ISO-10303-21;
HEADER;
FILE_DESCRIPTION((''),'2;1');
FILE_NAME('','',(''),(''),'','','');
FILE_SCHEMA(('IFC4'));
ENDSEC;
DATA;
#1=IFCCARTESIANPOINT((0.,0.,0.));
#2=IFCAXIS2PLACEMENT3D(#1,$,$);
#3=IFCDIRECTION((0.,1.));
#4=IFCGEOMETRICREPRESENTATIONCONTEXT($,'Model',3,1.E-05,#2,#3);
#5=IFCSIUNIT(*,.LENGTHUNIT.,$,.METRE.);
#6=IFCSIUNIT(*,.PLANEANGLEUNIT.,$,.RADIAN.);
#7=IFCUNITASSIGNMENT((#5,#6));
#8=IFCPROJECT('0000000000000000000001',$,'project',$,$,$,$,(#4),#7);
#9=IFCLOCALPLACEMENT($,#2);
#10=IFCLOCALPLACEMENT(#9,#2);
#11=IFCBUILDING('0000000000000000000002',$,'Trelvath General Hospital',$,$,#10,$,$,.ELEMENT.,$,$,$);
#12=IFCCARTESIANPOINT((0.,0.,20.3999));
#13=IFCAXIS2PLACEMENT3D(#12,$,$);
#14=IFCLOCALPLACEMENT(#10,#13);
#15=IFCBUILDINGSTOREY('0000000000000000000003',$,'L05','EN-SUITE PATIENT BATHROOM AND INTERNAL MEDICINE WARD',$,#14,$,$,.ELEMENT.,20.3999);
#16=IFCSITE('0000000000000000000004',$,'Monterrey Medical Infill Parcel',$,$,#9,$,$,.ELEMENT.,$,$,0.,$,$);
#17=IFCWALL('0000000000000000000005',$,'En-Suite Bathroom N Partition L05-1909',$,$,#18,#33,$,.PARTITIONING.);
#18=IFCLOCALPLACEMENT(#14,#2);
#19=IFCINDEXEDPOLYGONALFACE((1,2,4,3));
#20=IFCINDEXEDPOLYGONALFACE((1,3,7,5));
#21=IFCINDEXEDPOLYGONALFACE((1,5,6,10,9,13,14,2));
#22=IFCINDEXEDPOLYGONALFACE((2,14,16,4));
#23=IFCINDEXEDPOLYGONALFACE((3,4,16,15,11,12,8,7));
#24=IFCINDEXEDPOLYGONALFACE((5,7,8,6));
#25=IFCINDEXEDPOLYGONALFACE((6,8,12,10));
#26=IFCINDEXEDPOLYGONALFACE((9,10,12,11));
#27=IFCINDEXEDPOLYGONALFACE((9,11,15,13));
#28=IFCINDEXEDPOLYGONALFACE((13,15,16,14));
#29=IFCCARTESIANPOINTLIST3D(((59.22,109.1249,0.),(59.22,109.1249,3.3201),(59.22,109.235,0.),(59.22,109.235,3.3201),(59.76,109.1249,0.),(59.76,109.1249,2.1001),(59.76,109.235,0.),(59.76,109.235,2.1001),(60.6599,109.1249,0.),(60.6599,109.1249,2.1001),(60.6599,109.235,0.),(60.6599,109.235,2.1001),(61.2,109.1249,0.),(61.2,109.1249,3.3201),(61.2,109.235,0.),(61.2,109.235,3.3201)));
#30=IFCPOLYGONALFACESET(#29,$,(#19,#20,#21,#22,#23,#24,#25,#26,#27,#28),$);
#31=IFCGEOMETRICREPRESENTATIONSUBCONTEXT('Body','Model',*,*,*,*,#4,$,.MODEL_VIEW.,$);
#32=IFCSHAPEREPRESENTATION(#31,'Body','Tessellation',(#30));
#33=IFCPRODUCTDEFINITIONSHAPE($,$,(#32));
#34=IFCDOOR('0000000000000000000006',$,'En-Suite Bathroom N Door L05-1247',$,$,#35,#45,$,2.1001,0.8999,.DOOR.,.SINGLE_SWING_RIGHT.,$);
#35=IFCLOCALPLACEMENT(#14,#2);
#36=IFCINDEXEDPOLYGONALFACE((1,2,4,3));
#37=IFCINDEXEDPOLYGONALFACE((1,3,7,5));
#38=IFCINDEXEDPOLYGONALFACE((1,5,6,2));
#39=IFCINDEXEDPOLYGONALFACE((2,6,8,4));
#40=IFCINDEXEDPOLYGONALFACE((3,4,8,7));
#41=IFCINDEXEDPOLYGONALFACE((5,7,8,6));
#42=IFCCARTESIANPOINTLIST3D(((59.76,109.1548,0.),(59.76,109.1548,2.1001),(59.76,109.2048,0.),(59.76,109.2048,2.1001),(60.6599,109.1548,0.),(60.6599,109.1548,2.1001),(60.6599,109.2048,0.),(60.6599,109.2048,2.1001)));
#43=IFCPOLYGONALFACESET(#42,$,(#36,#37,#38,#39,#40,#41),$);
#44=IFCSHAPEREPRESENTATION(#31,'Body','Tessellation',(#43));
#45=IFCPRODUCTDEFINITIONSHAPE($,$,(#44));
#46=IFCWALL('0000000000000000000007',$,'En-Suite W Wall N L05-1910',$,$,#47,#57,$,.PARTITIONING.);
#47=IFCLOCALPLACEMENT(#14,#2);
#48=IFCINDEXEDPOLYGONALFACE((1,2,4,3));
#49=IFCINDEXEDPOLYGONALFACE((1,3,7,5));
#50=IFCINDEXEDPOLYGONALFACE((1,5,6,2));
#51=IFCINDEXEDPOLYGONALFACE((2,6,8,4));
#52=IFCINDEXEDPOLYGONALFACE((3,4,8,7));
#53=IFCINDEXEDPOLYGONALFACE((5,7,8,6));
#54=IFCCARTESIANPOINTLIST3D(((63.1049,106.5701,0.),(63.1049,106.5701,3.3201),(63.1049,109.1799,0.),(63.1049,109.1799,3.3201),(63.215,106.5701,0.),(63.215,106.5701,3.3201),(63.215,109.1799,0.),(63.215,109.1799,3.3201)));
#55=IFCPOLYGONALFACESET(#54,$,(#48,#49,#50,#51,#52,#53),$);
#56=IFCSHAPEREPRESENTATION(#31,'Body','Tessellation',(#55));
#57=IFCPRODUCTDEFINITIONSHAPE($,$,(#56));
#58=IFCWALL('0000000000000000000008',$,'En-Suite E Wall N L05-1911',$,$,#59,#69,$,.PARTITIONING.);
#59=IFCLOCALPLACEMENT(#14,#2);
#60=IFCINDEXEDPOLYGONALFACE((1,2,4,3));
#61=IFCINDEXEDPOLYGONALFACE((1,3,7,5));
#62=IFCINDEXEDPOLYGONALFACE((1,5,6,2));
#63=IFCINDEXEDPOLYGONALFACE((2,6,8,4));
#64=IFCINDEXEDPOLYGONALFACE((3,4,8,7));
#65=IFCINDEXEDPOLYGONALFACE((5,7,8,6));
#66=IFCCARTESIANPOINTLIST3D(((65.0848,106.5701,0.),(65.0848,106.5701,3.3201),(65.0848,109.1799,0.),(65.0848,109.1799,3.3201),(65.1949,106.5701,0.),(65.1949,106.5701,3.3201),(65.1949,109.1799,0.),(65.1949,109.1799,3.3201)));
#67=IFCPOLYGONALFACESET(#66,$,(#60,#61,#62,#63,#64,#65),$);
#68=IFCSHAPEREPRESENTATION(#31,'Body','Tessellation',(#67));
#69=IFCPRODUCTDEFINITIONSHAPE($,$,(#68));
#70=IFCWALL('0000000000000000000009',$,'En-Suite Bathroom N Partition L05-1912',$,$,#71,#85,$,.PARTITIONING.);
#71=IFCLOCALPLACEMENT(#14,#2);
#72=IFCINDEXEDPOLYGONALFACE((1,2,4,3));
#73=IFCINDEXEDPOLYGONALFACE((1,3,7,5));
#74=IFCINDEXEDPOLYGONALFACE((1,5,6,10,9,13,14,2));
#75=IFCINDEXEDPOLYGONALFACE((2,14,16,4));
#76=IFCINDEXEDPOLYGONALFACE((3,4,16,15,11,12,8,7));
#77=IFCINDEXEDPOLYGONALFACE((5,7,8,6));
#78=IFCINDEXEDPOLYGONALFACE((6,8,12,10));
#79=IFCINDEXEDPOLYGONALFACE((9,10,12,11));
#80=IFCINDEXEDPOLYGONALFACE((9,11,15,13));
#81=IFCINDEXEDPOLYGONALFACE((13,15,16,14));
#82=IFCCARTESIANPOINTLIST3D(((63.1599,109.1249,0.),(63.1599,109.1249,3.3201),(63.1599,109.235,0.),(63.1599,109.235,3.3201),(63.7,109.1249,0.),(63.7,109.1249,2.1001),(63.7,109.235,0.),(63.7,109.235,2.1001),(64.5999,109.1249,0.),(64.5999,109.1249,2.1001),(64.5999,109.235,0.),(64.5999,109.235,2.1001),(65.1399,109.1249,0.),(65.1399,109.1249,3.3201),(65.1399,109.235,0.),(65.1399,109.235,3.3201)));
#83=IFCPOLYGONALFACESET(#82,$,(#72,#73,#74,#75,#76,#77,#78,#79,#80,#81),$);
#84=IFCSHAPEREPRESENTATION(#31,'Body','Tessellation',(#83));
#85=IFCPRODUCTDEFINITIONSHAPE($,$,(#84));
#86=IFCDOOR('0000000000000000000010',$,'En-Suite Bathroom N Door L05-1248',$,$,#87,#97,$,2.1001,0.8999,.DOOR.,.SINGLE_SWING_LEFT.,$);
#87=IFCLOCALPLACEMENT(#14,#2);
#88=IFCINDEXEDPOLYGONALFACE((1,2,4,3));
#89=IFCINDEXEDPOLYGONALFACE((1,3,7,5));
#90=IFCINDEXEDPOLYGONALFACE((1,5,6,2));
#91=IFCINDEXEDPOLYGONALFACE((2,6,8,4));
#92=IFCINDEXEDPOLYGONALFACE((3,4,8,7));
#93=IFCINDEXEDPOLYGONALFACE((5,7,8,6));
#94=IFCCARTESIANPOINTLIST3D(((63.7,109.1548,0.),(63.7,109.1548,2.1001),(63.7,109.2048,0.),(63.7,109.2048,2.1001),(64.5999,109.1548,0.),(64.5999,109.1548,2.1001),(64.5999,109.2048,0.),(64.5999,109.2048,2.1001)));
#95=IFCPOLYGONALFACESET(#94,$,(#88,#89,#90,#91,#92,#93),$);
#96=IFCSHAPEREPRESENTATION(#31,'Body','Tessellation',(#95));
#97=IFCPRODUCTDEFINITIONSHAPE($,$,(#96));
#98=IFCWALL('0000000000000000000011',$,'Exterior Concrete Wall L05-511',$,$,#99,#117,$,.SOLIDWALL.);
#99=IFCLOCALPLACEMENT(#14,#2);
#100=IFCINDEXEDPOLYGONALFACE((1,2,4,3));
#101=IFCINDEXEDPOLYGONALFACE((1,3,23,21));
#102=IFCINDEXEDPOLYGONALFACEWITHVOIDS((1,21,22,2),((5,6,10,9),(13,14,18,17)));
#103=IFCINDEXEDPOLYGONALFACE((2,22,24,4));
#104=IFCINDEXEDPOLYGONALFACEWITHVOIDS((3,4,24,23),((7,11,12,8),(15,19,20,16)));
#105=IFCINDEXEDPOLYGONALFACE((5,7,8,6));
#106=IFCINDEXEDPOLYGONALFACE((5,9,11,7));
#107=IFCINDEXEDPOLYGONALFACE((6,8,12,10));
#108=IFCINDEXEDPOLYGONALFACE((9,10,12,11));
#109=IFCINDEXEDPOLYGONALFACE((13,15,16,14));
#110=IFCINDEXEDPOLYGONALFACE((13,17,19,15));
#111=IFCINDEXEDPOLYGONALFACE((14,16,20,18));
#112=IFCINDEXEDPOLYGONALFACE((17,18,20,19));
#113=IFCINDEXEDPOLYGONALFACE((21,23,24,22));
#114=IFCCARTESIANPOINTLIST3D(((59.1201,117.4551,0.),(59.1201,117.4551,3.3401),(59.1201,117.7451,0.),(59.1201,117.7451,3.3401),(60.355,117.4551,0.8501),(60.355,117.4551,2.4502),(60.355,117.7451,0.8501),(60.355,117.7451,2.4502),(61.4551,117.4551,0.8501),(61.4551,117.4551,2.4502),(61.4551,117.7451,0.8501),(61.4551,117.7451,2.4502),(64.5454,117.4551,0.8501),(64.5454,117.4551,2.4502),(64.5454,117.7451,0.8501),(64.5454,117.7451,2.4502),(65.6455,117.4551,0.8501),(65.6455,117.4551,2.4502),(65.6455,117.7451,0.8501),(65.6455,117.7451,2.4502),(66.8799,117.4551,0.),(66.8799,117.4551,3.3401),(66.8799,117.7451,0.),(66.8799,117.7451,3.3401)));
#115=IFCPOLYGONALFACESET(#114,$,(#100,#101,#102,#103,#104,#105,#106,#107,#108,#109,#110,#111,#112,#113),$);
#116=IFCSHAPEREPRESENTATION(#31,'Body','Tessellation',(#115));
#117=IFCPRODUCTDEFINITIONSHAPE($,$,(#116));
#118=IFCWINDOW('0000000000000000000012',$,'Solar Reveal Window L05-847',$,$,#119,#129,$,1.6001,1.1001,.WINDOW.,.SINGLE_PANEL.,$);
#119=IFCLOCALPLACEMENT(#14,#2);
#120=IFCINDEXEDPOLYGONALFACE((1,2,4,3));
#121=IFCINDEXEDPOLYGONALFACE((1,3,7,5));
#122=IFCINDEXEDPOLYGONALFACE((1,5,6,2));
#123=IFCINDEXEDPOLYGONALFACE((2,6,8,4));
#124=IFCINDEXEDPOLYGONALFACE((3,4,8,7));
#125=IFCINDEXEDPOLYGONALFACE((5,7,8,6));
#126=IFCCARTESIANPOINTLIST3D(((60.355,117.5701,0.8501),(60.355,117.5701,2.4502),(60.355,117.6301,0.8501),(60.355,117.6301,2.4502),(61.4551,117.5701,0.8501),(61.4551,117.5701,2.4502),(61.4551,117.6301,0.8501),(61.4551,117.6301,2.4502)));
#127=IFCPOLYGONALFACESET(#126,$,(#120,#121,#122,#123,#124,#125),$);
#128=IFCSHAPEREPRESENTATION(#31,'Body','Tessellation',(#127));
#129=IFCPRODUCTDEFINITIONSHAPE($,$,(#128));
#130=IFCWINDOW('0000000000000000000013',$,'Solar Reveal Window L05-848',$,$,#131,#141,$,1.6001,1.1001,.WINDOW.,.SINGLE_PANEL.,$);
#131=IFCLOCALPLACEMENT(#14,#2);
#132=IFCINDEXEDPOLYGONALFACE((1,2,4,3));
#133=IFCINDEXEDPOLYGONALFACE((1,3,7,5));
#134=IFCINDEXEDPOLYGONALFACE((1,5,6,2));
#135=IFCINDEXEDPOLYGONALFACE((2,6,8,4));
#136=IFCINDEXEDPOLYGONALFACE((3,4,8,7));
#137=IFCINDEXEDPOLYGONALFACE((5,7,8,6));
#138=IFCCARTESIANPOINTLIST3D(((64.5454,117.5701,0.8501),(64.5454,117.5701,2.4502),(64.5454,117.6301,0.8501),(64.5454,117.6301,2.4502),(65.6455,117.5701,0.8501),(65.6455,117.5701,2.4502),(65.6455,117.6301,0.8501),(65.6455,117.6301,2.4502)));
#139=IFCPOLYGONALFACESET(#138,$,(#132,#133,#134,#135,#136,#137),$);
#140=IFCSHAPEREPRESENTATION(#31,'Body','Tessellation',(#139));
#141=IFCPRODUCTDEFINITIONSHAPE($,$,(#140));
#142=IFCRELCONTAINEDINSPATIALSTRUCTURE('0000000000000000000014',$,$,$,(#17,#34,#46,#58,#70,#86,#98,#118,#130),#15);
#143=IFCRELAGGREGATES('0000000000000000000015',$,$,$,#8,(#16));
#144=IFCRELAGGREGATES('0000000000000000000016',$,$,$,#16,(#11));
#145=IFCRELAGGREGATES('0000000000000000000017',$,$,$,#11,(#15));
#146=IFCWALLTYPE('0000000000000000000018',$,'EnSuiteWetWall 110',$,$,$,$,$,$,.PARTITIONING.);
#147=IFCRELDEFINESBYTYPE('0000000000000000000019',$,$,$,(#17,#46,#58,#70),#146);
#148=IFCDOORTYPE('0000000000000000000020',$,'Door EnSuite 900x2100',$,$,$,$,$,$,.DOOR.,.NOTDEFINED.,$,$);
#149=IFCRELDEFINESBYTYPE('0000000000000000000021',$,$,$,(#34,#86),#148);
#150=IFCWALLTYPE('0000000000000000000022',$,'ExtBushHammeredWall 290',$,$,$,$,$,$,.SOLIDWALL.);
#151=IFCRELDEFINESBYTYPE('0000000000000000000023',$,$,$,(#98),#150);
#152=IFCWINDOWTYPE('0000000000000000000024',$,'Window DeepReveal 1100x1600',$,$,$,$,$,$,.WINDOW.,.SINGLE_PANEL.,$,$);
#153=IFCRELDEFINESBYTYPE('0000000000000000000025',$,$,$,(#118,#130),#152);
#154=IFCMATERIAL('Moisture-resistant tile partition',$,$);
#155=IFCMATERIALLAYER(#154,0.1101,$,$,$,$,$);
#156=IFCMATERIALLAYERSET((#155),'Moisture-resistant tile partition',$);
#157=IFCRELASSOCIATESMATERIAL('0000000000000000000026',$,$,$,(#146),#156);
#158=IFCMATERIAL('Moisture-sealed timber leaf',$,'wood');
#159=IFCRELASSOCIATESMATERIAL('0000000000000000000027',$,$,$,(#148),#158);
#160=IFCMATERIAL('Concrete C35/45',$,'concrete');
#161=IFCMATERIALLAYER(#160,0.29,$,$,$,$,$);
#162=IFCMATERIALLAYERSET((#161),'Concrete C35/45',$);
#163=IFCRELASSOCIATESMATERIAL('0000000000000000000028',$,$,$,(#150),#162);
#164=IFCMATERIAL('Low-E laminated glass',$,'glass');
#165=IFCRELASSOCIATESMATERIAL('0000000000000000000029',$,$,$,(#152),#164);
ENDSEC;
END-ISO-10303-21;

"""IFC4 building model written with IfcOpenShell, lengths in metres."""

from ifc_helpers import new_model, si_unit, direction, frame, frame_2d, origin, place, context, subcontext, project, spatial, rectangle, extrude, material, layer, layer_set, type_object, element, fill, save


model = new_model("IFC4")

# Units and contexts
model_context = context("Model", 3, precision=1e-05, world=origin(), true_north=direction((0.0, 1.0)))
body_context = subcontext(model_context, "Body", "Model", "MODEL_VIEW")
ifc_project = project(units=[si_unit("LENGTHUNIT", "METRE"), si_unit("PLANEANGLEUNIT", "RADIAN")], contexts=[model_context])

# Site, building, storey
site_placement = place(None, origin())
site = spatial("IfcSite", under=ifc_project, at=site_placement, Name="Monterrey Medical Infill Parcel", CompositionType="ELEMENT", RefElevation=0.0)
building_placement = place(site_placement, origin())
building = spatial("IfcBuilding", under=site, at=building_placement, Name="Trelvath General Hospital", CompositionType="ELEMENT")
storey_placement = place(building_placement, frame((0.0, 0.0, 20.3999)))
storey = spatial("IfcBuildingStorey", under=building, at=storey_placement, Name="L05", Description="EN-SUITE PATIENT BATHROOM AND INTERNAL MEDICINE WARD", CompositionType="ELEMENT", Elevation=20.3999)

# Wall, opening, door
ifc_material_1 = material(Name="Moisture-resistant tile partition")
ifc_layer_1 = layer(ifc_material_1, 0.1101)
ifc_layer_set_1 = layer_set([ifc_layer_1], Name="Moisture-resistant tile partition")
wall_type_1 = type_object("IfcWallType", Name="EnSuiteWetWall 110", PredefinedType="PARTITIONING", material=ifc_layer_set_1)
ifc_material_2 = material(Name="Moisture-sealed timber leaf", Category="wood")
door_type = type_object("IfcDoorType", Name="Door EnSuite 900x2100", OperationType="NOTDEFINED", PredefinedType="DOOR", material=ifc_material_2)
wall_1_placement = place(storey_placement, frame((59.22, 109.1799, 0.0), z_axis=(0.0, 0.0, 1.0), x_axis=(1.0, 0.0, 0.0)))
wall_1 = element("IfcWall", 1, at=wall_1_placement, inside=storey, type_object=wall_type_1, Name="En-Suite Bathroom N Partition L05-1909", PredefinedType="PARTITIONING", context=body_context, shape_type="SweptSolid", body=[
    extrude(rectangle(XDim=1.98, YDim=0.1101, at=frame_2d((0.99, 0.0))), origin(), (0.0, 0.0, 1.0), 3.3201),
])
opening_1_placement = place(wall_1_placement, frame((0.54, 0.0, 0.0)))
opening_1 = element("IfcOpeningElement", 2, at=opening_1_placement, cuts=wall_1, PredefinedType="OPENING", context=body_context, shape_type="SweptSolid", body=[
    extrude(rectangle(XDim=0.8999, YDim=2.1001, at=frame_2d((0.45, 1.05))), frame((0.0, 0.0649, 0.0), z_axis=(0.0, -1.0, 0.0), x_axis=(1.0, 0.0, 0.0)), (0.0, 0.0, 1.0), 0.1301),
])
door_1_placement = place(opening_1_placement, origin())
door_1 = element("IfcDoor", 3, at=door_1_placement, inside=storey, type_object=door_type, Name="En-Suite Bathroom N Door L05-1247", OperationType="SINGLE_SWING_RIGHT", OverallHeight=2.1001, OverallWidth=0.8999, PredefinedType="DOOR", context=body_context, shape_type="SweptSolid", body=[
    extrude(rectangle(XDim=0.8999, YDim=2.1001, at=frame_2d((0.45, 1.05))), frame((0.0, 0.0249, 0.0), z_axis=(0.0, -1.0, 0.0), x_axis=(1.0, 0.0, 0.0)), (0.0, 0.0, 1.0), 0.05),
])
fill(opening_1, door_1)

# Walls
for number, where, z_axis, x_axis, name in (
    (4, (63.1599, 106.5701, 0.0), (0.0, 0.0, 1.0), (0.0, 1.0, 0.0), "En-Suite W Wall N L05-1910"),
    (5, (65.1399, 106.5701, 0.0), (0.0, 0.0, 1.0), (0.0, 1.0, 0.0), "En-Suite E Wall N L05-1911"),
):
    element("IfcWall", number, at=place(storey_placement, frame(where, z_axis=z_axis, x_axis=x_axis)), inside=storey, type_object=wall_type_1, Name=name, PredefinedType="PARTITIONING", context=body_context, shape_type="SweptSolid", body=[
        extrude(rectangle(XDim=2.6099, YDim=0.1101, at=frame_2d((1.3049, 0.0))), origin(), (0.0, 0.0, 1.0), 3.3201),
    ])

# Wall, opening, door
wall_2_placement = place(storey_placement, frame((63.1599, 109.1799, 0.0), z_axis=(0.0, 0.0, 1.0), x_axis=(1.0, 0.0, 0.0)))
wall_2 = element("IfcWall", 6, at=wall_2_placement, inside=storey, type_object=wall_type_1, Name="En-Suite Bathroom N Partition L05-1912", PredefinedType="PARTITIONING", context=body_context, shape_type="SweptSolid", body=[
    extrude(rectangle(XDim=1.98, YDim=0.1101, at=frame_2d((0.99, 0.0))), origin(), (0.0, 0.0, 1.0), 3.3201),
])
opening_2_placement = place(wall_2_placement, frame((0.54, 0.0, 0.0)))
opening_2 = element("IfcOpeningElement", 7, at=opening_2_placement, cuts=wall_2, PredefinedType="OPENING", context=body_context, shape_type="SweptSolid", body=[
    extrude(rectangle(XDim=0.8999, YDim=2.1001, at=frame_2d((0.45, 1.05))), frame((0.0, 0.0649, 0.0), z_axis=(0.0, -1.0, 0.0), x_axis=(1.0, 0.0, 0.0)), (0.0, 0.0, 1.0), 0.1301),
])
door_2_placement = place(opening_2_placement, origin())
door_2 = element("IfcDoor", 8, at=door_2_placement, inside=storey, type_object=door_type, Name="En-Suite Bathroom N Door L05-1248", OperationType="SINGLE_SWING_LEFT", OverallHeight=2.1001, OverallWidth=0.8999, PredefinedType="DOOR", context=body_context, shape_type="SweptSolid", body=[
    extrude(rectangle(XDim=0.8999, YDim=2.1001, at=frame_2d((0.45, 1.05))), frame((0.0, 0.0249, 0.0), z_axis=(0.0, -1.0, 0.0), x_axis=(1.0, 0.0, 0.0)), (0.0, 0.0, 1.0), 0.05),
])
fill(opening_2, door_2)

# Wall, openings, windows
ifc_material_3 = material(Name="Concrete C35/45", Category="concrete")
ifc_layer_2 = layer(ifc_material_3, 0.29)
ifc_layer_set_2 = layer_set([ifc_layer_2], Name="Concrete C35/45")
wall_type_2 = type_object("IfcWallType", Name="ExtBushHammeredWall 290", PredefinedType="SOLIDWALL", material=ifc_layer_set_2)
wall_3_placement = place(storey_placement, frame((59.1201, 117.6001, 0.0), z_axis=(0.0, 0.0, 1.0), x_axis=(1.0, 0.0, 0.0)))
wall_3 = element("IfcWall", 9, at=wall_3_placement, inside=storey, type_object=wall_type_2, Name="Exterior Concrete Wall L05-511", PredefinedType="SOLIDWALL", context=body_context, shape_type="SweptSolid", body=[
    extrude(rectangle(XDim=7.7598, YDim=0.29, at=frame_2d((3.8799, 0.0))), origin(), (0.0, 0.0, 1.0), 3.3401),
])
opening_3_placement = place(wall_3_placement, frame((1.2349, 0.0, 0.8501)))
opening_3 = element("IfcOpeningElement", 10, at=opening_3_placement, cuts=wall_3, PredefinedType="OPENING", context=body_context, shape_type="SweptSolid", body=[
    extrude(rectangle(XDim=1.1001, YDim=1.6001, at=frame_2d((0.55, 0.8))), frame((0.0, 0.155, 0.0), z_axis=(0.0, -1.0, 0.0), x_axis=(1.0, 0.0, 0.0)), (0.0, 0.0, 1.0), 0.3101),
])
opening_4_placement = place(wall_3_placement, frame((5.4253, 0.0, 0.8501)))
opening_4 = element("IfcOpeningElement", 11, at=opening_4_placement, cuts=wall_3, PredefinedType="OPENING", context=body_context, shape_type="SweptSolid", body=[
    extrude(rectangle(XDim=1.1001, YDim=1.6001, at=frame_2d((0.55, 0.8))), frame((0.0, 0.155, 0.0), z_axis=(0.0, -1.0, 0.0), x_axis=(1.0, 0.0, 0.0)), (0.0, 0.0, 1.0), 0.3101),
])
ifc_material_4 = material(Name="Low-E laminated glass", Category="glass")
window_type = type_object("IfcWindowType", Name="Window DeepReveal 1100x1600", PartitioningType="SINGLE_PANEL", PredefinedType="WINDOW", material=ifc_material_4)
window_1_placement = place(opening_3_placement, origin())
window_1 = element("IfcWindow", 12, at=window_1_placement, inside=storey, type_object=window_type, Name="Solar Reveal Window L05-847", OverallHeight=1.6001, OverallWidth=1.1001, PartitioningType="SINGLE_PANEL", PredefinedType="WINDOW", context=body_context, shape_type="SweptSolid", body=[
    extrude(rectangle(XDim=1.1001, YDim=1.6001, at=frame_2d((0.55, 0.8))), frame((0.0, 0.03, 0.0), z_axis=(0.0, -1.0, 0.0), x_axis=(1.0, 0.0, 0.0)), (0.0, 0.0, 1.0), 0.0601),
])
fill(opening_3, window_1)
window_2_placement = place(opening_4_placement, origin())
window_2 = element("IfcWindow", 13, at=window_2_placement, inside=storey, type_object=window_type, Name="Solar Reveal Window L05-848", OverallHeight=1.6001, OverallWidth=1.1001, PartitioningType="SINGLE_PANEL", PredefinedType="WINDOW", context=body_context, shape_type="SweptSolid", body=[
    extrude(rectangle(XDim=1.1001, YDim=1.6001, at=frame_2d((0.55, 0.8))), frame((0.0, 0.03, 0.0), z_axis=(0.0, -1.0, 0.0), x_axis=(1.0, 0.0, 0.0)), (0.0, 0.0, 1.0), 0.0601),
])
fill(opening_4, window_2)

save(model, "model.ifc")
